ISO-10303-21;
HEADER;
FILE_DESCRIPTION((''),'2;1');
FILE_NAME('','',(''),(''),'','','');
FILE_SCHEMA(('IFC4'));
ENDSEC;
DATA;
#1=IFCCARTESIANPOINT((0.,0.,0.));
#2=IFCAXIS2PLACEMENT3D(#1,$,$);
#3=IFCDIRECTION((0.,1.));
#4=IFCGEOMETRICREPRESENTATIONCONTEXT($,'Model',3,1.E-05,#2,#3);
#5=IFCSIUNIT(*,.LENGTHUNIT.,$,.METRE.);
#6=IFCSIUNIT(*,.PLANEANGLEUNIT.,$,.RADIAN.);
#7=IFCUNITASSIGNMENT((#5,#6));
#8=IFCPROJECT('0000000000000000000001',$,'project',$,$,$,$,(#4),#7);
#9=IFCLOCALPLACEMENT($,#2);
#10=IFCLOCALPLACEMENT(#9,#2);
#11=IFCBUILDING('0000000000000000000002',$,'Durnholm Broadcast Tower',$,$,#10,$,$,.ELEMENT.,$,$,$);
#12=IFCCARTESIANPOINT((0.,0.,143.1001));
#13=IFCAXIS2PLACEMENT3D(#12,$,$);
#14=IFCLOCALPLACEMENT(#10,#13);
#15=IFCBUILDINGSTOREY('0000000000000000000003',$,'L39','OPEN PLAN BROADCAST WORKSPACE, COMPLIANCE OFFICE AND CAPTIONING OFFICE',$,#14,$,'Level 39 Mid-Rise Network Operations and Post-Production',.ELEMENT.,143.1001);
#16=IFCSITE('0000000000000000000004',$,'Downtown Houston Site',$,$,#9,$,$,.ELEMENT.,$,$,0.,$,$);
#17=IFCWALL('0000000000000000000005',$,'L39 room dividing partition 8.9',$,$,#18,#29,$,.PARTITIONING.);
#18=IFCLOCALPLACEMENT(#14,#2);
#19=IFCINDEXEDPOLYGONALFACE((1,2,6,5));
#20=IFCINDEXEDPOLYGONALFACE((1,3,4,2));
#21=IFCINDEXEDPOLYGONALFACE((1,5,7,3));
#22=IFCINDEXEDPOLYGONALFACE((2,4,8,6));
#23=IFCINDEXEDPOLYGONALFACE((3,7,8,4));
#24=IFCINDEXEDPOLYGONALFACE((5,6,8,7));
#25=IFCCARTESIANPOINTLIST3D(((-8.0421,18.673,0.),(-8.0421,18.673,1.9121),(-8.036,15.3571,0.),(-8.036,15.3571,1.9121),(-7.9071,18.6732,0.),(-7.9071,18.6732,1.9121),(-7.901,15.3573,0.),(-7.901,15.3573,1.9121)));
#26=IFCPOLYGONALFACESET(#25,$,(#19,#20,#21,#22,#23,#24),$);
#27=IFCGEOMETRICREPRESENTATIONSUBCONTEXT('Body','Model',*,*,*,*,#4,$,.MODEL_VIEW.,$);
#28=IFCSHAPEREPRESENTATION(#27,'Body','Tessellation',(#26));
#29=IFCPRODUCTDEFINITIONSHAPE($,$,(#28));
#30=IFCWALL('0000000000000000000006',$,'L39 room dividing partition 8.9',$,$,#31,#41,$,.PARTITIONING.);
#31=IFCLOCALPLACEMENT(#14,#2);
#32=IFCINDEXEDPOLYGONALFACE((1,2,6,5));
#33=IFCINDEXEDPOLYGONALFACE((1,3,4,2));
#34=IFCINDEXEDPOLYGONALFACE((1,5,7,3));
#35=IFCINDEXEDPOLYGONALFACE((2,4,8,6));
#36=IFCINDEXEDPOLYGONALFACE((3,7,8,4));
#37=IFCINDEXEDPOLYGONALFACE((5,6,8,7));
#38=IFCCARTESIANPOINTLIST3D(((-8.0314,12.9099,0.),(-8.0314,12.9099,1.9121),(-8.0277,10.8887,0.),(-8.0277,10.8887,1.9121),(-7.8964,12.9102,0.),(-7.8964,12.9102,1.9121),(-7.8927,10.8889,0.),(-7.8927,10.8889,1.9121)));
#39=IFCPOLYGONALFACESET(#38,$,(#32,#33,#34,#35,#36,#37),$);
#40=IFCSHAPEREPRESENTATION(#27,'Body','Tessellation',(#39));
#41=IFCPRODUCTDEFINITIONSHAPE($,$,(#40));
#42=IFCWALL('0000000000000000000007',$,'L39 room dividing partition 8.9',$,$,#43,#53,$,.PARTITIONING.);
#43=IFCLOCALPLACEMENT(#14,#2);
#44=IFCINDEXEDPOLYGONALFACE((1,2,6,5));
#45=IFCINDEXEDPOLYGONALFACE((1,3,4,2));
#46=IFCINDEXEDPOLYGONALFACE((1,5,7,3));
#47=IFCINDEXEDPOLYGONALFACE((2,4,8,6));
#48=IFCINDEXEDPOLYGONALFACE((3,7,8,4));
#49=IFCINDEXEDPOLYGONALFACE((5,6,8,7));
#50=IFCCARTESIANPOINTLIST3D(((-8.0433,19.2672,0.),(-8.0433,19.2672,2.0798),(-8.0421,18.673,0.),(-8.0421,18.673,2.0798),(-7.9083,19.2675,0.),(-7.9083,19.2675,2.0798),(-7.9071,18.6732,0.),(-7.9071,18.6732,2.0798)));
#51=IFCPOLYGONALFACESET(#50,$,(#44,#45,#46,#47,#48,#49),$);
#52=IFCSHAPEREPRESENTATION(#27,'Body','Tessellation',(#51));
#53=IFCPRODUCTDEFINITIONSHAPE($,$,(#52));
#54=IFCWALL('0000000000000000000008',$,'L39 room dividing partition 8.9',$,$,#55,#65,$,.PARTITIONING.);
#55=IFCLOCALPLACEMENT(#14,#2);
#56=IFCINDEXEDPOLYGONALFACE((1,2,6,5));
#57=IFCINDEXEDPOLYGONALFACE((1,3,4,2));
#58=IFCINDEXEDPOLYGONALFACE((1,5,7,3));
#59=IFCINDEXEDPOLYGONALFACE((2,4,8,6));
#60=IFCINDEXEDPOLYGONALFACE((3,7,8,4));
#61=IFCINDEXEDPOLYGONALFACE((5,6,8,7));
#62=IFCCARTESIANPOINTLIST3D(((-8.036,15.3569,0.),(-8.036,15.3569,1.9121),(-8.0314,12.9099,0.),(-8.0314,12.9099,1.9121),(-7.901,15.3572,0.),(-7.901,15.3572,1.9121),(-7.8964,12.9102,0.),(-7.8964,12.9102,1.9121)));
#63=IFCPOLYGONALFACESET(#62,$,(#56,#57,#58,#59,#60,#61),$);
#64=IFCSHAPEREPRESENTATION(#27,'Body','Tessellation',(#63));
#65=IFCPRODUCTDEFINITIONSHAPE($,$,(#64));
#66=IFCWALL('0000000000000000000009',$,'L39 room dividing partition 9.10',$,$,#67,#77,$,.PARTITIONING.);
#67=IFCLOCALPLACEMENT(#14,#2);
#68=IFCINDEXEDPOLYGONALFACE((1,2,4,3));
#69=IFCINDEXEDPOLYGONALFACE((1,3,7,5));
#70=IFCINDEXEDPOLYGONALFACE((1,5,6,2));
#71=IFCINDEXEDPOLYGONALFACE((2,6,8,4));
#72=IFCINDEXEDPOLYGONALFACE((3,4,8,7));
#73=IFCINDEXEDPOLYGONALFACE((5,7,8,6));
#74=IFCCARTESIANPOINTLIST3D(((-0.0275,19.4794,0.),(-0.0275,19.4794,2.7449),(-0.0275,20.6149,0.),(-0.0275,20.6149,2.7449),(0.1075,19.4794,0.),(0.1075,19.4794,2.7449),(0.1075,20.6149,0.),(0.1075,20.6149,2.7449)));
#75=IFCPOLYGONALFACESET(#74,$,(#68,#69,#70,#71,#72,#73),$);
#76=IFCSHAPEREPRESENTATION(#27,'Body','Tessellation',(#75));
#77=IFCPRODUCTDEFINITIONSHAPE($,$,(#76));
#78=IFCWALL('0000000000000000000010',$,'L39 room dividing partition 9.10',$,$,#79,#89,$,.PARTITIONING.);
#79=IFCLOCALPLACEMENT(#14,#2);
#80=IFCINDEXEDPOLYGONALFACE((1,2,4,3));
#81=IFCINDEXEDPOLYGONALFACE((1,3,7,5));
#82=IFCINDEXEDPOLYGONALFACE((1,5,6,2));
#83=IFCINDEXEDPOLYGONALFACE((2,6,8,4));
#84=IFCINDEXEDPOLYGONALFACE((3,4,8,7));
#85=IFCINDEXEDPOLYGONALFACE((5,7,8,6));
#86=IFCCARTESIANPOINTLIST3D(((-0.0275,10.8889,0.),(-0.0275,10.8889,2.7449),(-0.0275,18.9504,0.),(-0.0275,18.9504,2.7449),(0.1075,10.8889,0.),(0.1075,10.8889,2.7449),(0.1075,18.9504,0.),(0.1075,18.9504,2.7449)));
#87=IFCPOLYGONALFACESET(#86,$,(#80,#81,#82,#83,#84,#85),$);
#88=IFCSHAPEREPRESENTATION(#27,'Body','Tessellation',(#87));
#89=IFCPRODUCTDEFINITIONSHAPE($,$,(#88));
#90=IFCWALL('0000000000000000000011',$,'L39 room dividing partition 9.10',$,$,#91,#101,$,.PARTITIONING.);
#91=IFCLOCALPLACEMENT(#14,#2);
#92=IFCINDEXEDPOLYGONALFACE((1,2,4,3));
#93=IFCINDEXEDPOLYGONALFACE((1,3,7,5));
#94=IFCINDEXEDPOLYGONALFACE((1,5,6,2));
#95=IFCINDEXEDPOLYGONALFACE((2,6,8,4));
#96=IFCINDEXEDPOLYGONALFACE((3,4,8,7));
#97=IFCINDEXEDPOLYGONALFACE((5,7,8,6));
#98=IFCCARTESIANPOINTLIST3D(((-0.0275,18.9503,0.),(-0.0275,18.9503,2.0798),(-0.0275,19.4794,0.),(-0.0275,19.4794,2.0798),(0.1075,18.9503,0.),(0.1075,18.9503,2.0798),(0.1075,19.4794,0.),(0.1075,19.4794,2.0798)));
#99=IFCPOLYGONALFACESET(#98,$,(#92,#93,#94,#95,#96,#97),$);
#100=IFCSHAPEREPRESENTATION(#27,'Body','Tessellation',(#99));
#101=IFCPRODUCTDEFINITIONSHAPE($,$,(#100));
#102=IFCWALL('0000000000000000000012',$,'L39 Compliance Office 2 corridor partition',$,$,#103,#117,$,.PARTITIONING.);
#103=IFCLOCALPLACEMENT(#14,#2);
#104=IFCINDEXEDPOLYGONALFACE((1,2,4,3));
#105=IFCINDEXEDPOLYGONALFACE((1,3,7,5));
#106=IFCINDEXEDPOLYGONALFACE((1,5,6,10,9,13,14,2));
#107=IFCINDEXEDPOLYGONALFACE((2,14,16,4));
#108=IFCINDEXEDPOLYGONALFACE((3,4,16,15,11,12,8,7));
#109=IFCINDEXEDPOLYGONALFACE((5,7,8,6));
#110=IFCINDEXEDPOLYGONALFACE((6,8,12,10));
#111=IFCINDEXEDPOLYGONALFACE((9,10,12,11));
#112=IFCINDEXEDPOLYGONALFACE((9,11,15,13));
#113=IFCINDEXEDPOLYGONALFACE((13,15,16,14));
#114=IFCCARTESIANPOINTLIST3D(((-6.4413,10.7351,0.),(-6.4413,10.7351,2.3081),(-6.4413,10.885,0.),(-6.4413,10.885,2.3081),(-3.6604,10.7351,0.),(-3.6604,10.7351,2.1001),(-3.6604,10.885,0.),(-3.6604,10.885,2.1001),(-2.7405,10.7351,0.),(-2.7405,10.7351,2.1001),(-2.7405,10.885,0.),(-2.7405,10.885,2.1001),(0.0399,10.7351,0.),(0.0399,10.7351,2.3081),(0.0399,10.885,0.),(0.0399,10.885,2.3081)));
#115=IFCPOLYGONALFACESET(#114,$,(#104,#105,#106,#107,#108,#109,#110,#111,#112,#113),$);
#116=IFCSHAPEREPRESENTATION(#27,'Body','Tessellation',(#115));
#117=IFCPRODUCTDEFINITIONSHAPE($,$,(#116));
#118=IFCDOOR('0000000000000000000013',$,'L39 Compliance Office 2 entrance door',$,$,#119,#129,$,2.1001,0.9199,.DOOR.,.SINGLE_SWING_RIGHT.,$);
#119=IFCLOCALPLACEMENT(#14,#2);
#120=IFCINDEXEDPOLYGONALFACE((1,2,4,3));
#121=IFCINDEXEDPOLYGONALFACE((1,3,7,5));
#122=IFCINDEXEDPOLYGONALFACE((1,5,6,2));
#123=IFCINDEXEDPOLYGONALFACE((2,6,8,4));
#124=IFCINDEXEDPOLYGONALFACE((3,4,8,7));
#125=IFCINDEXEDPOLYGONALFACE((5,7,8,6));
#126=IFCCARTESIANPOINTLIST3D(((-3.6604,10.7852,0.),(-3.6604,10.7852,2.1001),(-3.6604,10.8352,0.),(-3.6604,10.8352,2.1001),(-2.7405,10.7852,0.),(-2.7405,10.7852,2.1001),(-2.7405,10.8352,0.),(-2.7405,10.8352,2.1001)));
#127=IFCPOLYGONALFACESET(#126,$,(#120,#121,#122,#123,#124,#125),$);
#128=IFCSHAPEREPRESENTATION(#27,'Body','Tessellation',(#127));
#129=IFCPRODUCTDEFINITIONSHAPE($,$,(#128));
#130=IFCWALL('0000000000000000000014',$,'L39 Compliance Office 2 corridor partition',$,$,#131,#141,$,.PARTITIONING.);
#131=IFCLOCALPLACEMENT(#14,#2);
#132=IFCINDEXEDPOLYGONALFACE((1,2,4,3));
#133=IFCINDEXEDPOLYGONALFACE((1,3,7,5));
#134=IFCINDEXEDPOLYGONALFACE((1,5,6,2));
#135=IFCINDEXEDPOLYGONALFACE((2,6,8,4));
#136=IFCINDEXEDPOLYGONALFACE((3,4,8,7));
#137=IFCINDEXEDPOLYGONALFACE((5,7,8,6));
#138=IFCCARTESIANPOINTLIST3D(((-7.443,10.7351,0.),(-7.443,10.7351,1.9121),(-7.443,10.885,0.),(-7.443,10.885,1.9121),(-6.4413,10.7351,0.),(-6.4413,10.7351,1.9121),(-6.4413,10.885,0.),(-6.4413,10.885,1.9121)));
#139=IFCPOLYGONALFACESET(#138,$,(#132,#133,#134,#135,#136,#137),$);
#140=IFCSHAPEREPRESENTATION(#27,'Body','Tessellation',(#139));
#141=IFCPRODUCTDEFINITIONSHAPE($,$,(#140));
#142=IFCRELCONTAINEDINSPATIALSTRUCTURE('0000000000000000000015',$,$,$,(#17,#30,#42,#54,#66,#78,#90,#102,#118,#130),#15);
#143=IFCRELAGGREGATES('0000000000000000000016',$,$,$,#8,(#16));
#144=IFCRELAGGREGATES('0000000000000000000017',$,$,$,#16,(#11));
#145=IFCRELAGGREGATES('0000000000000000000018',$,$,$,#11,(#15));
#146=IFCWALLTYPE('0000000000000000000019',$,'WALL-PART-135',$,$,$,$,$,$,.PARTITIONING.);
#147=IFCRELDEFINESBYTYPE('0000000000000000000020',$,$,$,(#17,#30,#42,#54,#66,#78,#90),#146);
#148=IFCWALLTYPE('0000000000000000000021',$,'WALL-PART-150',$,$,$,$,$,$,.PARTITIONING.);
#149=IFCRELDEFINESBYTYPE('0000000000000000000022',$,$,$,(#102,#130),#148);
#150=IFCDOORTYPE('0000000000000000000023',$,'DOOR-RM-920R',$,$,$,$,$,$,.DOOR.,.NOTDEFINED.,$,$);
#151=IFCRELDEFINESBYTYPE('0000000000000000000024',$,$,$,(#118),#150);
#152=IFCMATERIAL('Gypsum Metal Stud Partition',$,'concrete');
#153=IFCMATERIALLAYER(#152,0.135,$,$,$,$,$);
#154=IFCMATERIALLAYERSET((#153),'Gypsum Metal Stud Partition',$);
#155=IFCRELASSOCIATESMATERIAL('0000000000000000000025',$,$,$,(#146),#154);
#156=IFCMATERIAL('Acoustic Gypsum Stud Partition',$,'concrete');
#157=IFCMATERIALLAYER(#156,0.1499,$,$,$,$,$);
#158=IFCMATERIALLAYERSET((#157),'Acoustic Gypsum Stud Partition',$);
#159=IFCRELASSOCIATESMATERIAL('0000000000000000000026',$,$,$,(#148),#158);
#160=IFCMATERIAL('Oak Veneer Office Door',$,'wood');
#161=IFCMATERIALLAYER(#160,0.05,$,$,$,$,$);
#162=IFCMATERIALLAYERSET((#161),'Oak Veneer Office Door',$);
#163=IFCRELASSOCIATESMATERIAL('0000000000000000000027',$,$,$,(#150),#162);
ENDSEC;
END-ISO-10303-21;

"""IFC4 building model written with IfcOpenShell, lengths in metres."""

from ifc_helpers import new_model, si_unit, direction, frame, frame_2d, origin, place, context, subcontext, project, spatial, rectangle, extrude, source, transform, mapped, material, layer, layer_set, type_object, type_shapes, element, fill, save


model = new_model("IFC4")

# Units and contexts
model_context = context("Model", 3, precision=1e-05, world=origin(), true_north=direction((0.0, 1.0)))
body_context = subcontext(model_context, "Body", "Model", "MODEL_VIEW")
ifc_project = project(units=[si_unit("LENGTHUNIT", "METRE"), si_unit("PLANEANGLEUNIT", "RADIAN")], contexts=[model_context])

# Site, building, storey
site_placement = place(None, origin())
site = spatial("IfcSite", under=ifc_project, at=site_placement, Name="Downtown Houston Site", CompositionType="ELEMENT", RefElevation=0.0)
building_placement = place(site_placement, origin())
building = spatial("IfcBuilding", under=site, at=building_placement, Name="Durnholm Broadcast Tower", CompositionType="ELEMENT")
storey_placement = place(building_placement, frame((0.0, 0.0, 143.1001)))
storey = spatial("IfcBuildingStorey", under=building, at=storey_placement, Name="L39", Description="OPEN PLAN BROADCAST WORKSPACE, COMPLIANCE OFFICE AND CAPTIONING OFFICE", LongName="Level 39 Mid-Rise Network Operations and Post-Production", CompositionType="ELEMENT", Elevation=143.1001)

# Walls
ifc_material_1 = material(Name="Gypsum Metal Stud Partition", Category="concrete")
ifc_layer_1 = layer(ifc_material_1, 0.135)
ifc_layer_set_1 = layer_set([ifc_layer_1], Name="Gypsum Metal Stud Partition")
wall_type_1 = type_object("IfcWallType", Name="WALL-PART-135", PredefinedType="PARTITIONING", material=ifc_layer_set_1)
wall_1_placement = place(storey_placement, frame((-7.9746, 18.6731, 0.0), z_axis=(0.0, 0.0, 1.0), x_axis=(0.001841, -0.999998, 0.0)))
element("IfcWall", 1, at=wall_1_placement, inside=storey, type_object=wall_type_1, Name="L39 room dividing partition 8.9", PredefinedType="PARTITIONING", context=body_context, shape_type="SweptSolid", body=[
    extrude(rectangle(XDim=3.3159, YDim=0.135, at=frame_2d((1.658, 0.0))), origin(), (0.0, 0.0, 1.0), 1.9121),
])
wall_2_placement = place(storey_placement, frame((-7.9639, 12.9102, 0.0), z_axis=(0.0, 0.0, 1.0), x_axis=(0.001812, -0.999998, 0.0)))
element("IfcWall", 2, at=wall_2_placement, inside=storey, type_object=wall_type_1, Name="L39 room dividing partition 8.9", PredefinedType="PARTITIONING", context=body_context, shape_type="SweptSolid", body=[
    extrude(rectangle(XDim=2.0212, YDim=0.135, at=frame_2d((1.0107, 0.0))), origin(), (0.0, 0.0, 1.0), 1.9121),
])
wall_3_placement = place(storey_placement, frame((-7.9758, 19.2673, 0.0), z_axis=(0.0, 0.0, 1.0), x_axis=(0.002054, -0.999998, 0.0)))
element("IfcWall", 3, at=wall_3_placement, inside=storey, type_object=wall_type_1, Name="L39 room dividing partition 8.9", PredefinedType="PARTITIONING", context=body_context, shape_type="SweptSolid", body=[
    extrude(rectangle(XDim=0.5942, YDim=0.135, at=frame_2d((0.2971, 0.0))), origin(), (0.0, 0.0, 1.0), 2.0798),
])
wall_4_placement = place(storey_placement, frame((-7.9685, 15.3572, 0.0), z_axis=(0.0, 0.0, 1.0), x_axis=(0.001896, -0.999998, 0.0)))
element("IfcWall", 4, at=wall_4_placement, inside=storey, type_object=wall_type_1, Name="L39 room dividing partition 8.9", PredefinedType="PARTITIONING", context=body_context, shape_type="SweptSolid", body=[
    extrude(rectangle(XDim=2.447, YDim=0.135, at=frame_2d((1.2236, 0.0))), origin(), (0.0, 0.0, 1.0), 1.9121),
])
wall_5_placement = place(storey_placement, frame((0.04, 20.615, 0.0), z_axis=(0.0, 0.0, 1.0), x_axis=(0.0, -1.0, 0.0)))
element("IfcWall", 5, at=wall_5_placement, inside=storey, type_object=wall_type_1, Name="L39 room dividing partition 9.10", PredefinedType="PARTITIONING", context=body_context, shape_type="SweptSolid", body=[
    extrude(rectangle(XDim=1.1355, YDim=0.135, at=frame_2d((0.5679, 0.0))), origin(), (0.0, 0.0, 1.0), 2.7449),
])
wall_6_placement = place(storey_placement, frame((0.04, 18.9504, 0.0), z_axis=(0.0, 0.0, 1.0), x_axis=(0.0, -1.0, 0.0)))
element("IfcWall", 6, at=wall_6_placement, inside=storey, type_object=wall_type_1, Name="L39 room dividing partition 9.10", PredefinedType="PARTITIONING", context=body_context, shape_type="SweptSolid", body=[
    extrude(rectangle(XDim=8.0615, YDim=0.135, at=frame_2d((4.0308, 0.0))), origin(), (0.0, 0.0, 1.0), 2.7449),
])
wall_7_placement = place(storey_placement, frame((0.04, 19.4795, 0.0), z_axis=(0.0, 0.0, 1.0), x_axis=(0.0, -1.0, 0.0)))
element("IfcWall", 7, at=wall_7_placement, inside=storey, type_object=wall_type_1, Name="L39 room dividing partition 9.10", PredefinedType="PARTITIONING", context=body_context, shape_type="SweptSolid", body=[
    extrude(rectangle(XDim=0.5291, YDim=0.135, at=frame_2d((0.2646, 0.0))), origin(), (0.0, 0.0, 1.0), 2.0798),
])

# Wall, opening, door
ifc_material_2 = material(Name="Acoustic Gypsum Stud Partition", Category="concrete")
ifc_layer_2 = layer(ifc_material_2, 0.1499)
ifc_layer_set_2 = layer_set([ifc_layer_2], Name="Acoustic Gypsum Stud Partition")
wall_type_2 = type_object("IfcWallType", Name="WALL-PART-150", PredefinedType="PARTITIONING", material=ifc_layer_set_2)
wall_8_placement = place(storey_placement, frame((0.04, 10.8101, 0.0), z_axis=(0.0, 0.0, 1.0), x_axis=(-1.0, 0.0, 0.0)))
wall_8 = element("IfcWall", 8, at=wall_8_placement, inside=storey, type_object=wall_type_2, Name="L39 Compliance Office 2 corridor partition", PredefinedType="PARTITIONING", context=body_context, shape_type="SweptSolid", body=[
    extrude(rectangle(XDim=6.4812, YDim=0.1499, at=frame_2d((3.2407, 0.0))), origin(), (0.0, 0.0, 1.0), 2.3081),
])
opening_placement = place(wall_8_placement, frame((2.7805, 0.0, 0.0)))
opening = element("IfcOpeningElement", 9, at=opening_placement, cuts=wall_8, PredefinedType="OPENING", context=body_context, shape_type="SweptSolid", body=[
    extrude(rectangle(XDim=0.9199, YDim=2.1001, at=frame_2d((0.46, 1.05))), frame((0.0, 0.085, 0.0), z_axis=(0.0, -1.0, 0.0), x_axis=(1.0, 0.0, 0.0)), (0.0, 0.0, 1.0), 0.1699),
])
ifc_material_3 = material(Name="Oak Veneer Office Door", Category="wood")
ifc_layer_3 = layer(ifc_material_3, 0.05)
ifc_layer_set_3 = layer_set([ifc_layer_3], Name="Oak Veneer Office Door")
door_type = type_object("IfcDoorType", Name="DOOR-RM-920R", OperationType="NOTDEFINED", PredefinedType="DOOR", material=ifc_layer_set_3)
shared_shape_1 = source(origin(), body_context, "Body", "SweptSolid", [
    extrude(rectangle(XDim=0.9199, YDim=2.1001, at=frame_2d((0.46, 1.05))), frame((0.0, 0.0249, 0.0), z_axis=(0.0, -1.0, 0.0), x_axis=(1.0, 0.0, 0.0)), (0.0, 0.0, 1.0), 0.05),
])
type_shapes(door_type, [shared_shape_1])
door_placement = place(opening_placement, origin())
door = element("IfcDoor", 10, at=door_placement, inside=storey, type_object=door_type, Name="L39 Compliance Office 2 entrance door", OperationType="SINGLE_SWING_RIGHT", OverallHeight=2.1001, OverallWidth=0.9199, PredefinedType="DOOR", context=body_context, shape_type="MappedRepresentation", body=[
    mapped(shared_shape_1, transform((0.0, 0.0, 0.0), x_axis=(1.0, 0.0, 0.0), y_axis=(0.0, 1.0, 0.0), z_axis=(0.0, 0.0, 1.0), scale=1.0)),
])
fill(opening, door)

# Wall
wall_9_placement = place(storey_placement, frame((-6.4412, 10.8101, 0.0), z_axis=(0.0, 0.0, 1.0), x_axis=(-1.0, 0.0, 0.0)))
element("IfcWall", 11, at=wall_9_placement, inside=storey, type_object=wall_type_2, Name="L39 Compliance Office 2 corridor partition", PredefinedType="PARTITIONING", context=body_context, shape_type="SweptSolid", body=[
    extrude(rectangle(XDim=1.0017, YDim=0.1499, at=frame_2d((0.501, 0.0))), origin(), (0.0, 0.0, 1.0), 1.9121),
])

save(model, "model.ifc")
